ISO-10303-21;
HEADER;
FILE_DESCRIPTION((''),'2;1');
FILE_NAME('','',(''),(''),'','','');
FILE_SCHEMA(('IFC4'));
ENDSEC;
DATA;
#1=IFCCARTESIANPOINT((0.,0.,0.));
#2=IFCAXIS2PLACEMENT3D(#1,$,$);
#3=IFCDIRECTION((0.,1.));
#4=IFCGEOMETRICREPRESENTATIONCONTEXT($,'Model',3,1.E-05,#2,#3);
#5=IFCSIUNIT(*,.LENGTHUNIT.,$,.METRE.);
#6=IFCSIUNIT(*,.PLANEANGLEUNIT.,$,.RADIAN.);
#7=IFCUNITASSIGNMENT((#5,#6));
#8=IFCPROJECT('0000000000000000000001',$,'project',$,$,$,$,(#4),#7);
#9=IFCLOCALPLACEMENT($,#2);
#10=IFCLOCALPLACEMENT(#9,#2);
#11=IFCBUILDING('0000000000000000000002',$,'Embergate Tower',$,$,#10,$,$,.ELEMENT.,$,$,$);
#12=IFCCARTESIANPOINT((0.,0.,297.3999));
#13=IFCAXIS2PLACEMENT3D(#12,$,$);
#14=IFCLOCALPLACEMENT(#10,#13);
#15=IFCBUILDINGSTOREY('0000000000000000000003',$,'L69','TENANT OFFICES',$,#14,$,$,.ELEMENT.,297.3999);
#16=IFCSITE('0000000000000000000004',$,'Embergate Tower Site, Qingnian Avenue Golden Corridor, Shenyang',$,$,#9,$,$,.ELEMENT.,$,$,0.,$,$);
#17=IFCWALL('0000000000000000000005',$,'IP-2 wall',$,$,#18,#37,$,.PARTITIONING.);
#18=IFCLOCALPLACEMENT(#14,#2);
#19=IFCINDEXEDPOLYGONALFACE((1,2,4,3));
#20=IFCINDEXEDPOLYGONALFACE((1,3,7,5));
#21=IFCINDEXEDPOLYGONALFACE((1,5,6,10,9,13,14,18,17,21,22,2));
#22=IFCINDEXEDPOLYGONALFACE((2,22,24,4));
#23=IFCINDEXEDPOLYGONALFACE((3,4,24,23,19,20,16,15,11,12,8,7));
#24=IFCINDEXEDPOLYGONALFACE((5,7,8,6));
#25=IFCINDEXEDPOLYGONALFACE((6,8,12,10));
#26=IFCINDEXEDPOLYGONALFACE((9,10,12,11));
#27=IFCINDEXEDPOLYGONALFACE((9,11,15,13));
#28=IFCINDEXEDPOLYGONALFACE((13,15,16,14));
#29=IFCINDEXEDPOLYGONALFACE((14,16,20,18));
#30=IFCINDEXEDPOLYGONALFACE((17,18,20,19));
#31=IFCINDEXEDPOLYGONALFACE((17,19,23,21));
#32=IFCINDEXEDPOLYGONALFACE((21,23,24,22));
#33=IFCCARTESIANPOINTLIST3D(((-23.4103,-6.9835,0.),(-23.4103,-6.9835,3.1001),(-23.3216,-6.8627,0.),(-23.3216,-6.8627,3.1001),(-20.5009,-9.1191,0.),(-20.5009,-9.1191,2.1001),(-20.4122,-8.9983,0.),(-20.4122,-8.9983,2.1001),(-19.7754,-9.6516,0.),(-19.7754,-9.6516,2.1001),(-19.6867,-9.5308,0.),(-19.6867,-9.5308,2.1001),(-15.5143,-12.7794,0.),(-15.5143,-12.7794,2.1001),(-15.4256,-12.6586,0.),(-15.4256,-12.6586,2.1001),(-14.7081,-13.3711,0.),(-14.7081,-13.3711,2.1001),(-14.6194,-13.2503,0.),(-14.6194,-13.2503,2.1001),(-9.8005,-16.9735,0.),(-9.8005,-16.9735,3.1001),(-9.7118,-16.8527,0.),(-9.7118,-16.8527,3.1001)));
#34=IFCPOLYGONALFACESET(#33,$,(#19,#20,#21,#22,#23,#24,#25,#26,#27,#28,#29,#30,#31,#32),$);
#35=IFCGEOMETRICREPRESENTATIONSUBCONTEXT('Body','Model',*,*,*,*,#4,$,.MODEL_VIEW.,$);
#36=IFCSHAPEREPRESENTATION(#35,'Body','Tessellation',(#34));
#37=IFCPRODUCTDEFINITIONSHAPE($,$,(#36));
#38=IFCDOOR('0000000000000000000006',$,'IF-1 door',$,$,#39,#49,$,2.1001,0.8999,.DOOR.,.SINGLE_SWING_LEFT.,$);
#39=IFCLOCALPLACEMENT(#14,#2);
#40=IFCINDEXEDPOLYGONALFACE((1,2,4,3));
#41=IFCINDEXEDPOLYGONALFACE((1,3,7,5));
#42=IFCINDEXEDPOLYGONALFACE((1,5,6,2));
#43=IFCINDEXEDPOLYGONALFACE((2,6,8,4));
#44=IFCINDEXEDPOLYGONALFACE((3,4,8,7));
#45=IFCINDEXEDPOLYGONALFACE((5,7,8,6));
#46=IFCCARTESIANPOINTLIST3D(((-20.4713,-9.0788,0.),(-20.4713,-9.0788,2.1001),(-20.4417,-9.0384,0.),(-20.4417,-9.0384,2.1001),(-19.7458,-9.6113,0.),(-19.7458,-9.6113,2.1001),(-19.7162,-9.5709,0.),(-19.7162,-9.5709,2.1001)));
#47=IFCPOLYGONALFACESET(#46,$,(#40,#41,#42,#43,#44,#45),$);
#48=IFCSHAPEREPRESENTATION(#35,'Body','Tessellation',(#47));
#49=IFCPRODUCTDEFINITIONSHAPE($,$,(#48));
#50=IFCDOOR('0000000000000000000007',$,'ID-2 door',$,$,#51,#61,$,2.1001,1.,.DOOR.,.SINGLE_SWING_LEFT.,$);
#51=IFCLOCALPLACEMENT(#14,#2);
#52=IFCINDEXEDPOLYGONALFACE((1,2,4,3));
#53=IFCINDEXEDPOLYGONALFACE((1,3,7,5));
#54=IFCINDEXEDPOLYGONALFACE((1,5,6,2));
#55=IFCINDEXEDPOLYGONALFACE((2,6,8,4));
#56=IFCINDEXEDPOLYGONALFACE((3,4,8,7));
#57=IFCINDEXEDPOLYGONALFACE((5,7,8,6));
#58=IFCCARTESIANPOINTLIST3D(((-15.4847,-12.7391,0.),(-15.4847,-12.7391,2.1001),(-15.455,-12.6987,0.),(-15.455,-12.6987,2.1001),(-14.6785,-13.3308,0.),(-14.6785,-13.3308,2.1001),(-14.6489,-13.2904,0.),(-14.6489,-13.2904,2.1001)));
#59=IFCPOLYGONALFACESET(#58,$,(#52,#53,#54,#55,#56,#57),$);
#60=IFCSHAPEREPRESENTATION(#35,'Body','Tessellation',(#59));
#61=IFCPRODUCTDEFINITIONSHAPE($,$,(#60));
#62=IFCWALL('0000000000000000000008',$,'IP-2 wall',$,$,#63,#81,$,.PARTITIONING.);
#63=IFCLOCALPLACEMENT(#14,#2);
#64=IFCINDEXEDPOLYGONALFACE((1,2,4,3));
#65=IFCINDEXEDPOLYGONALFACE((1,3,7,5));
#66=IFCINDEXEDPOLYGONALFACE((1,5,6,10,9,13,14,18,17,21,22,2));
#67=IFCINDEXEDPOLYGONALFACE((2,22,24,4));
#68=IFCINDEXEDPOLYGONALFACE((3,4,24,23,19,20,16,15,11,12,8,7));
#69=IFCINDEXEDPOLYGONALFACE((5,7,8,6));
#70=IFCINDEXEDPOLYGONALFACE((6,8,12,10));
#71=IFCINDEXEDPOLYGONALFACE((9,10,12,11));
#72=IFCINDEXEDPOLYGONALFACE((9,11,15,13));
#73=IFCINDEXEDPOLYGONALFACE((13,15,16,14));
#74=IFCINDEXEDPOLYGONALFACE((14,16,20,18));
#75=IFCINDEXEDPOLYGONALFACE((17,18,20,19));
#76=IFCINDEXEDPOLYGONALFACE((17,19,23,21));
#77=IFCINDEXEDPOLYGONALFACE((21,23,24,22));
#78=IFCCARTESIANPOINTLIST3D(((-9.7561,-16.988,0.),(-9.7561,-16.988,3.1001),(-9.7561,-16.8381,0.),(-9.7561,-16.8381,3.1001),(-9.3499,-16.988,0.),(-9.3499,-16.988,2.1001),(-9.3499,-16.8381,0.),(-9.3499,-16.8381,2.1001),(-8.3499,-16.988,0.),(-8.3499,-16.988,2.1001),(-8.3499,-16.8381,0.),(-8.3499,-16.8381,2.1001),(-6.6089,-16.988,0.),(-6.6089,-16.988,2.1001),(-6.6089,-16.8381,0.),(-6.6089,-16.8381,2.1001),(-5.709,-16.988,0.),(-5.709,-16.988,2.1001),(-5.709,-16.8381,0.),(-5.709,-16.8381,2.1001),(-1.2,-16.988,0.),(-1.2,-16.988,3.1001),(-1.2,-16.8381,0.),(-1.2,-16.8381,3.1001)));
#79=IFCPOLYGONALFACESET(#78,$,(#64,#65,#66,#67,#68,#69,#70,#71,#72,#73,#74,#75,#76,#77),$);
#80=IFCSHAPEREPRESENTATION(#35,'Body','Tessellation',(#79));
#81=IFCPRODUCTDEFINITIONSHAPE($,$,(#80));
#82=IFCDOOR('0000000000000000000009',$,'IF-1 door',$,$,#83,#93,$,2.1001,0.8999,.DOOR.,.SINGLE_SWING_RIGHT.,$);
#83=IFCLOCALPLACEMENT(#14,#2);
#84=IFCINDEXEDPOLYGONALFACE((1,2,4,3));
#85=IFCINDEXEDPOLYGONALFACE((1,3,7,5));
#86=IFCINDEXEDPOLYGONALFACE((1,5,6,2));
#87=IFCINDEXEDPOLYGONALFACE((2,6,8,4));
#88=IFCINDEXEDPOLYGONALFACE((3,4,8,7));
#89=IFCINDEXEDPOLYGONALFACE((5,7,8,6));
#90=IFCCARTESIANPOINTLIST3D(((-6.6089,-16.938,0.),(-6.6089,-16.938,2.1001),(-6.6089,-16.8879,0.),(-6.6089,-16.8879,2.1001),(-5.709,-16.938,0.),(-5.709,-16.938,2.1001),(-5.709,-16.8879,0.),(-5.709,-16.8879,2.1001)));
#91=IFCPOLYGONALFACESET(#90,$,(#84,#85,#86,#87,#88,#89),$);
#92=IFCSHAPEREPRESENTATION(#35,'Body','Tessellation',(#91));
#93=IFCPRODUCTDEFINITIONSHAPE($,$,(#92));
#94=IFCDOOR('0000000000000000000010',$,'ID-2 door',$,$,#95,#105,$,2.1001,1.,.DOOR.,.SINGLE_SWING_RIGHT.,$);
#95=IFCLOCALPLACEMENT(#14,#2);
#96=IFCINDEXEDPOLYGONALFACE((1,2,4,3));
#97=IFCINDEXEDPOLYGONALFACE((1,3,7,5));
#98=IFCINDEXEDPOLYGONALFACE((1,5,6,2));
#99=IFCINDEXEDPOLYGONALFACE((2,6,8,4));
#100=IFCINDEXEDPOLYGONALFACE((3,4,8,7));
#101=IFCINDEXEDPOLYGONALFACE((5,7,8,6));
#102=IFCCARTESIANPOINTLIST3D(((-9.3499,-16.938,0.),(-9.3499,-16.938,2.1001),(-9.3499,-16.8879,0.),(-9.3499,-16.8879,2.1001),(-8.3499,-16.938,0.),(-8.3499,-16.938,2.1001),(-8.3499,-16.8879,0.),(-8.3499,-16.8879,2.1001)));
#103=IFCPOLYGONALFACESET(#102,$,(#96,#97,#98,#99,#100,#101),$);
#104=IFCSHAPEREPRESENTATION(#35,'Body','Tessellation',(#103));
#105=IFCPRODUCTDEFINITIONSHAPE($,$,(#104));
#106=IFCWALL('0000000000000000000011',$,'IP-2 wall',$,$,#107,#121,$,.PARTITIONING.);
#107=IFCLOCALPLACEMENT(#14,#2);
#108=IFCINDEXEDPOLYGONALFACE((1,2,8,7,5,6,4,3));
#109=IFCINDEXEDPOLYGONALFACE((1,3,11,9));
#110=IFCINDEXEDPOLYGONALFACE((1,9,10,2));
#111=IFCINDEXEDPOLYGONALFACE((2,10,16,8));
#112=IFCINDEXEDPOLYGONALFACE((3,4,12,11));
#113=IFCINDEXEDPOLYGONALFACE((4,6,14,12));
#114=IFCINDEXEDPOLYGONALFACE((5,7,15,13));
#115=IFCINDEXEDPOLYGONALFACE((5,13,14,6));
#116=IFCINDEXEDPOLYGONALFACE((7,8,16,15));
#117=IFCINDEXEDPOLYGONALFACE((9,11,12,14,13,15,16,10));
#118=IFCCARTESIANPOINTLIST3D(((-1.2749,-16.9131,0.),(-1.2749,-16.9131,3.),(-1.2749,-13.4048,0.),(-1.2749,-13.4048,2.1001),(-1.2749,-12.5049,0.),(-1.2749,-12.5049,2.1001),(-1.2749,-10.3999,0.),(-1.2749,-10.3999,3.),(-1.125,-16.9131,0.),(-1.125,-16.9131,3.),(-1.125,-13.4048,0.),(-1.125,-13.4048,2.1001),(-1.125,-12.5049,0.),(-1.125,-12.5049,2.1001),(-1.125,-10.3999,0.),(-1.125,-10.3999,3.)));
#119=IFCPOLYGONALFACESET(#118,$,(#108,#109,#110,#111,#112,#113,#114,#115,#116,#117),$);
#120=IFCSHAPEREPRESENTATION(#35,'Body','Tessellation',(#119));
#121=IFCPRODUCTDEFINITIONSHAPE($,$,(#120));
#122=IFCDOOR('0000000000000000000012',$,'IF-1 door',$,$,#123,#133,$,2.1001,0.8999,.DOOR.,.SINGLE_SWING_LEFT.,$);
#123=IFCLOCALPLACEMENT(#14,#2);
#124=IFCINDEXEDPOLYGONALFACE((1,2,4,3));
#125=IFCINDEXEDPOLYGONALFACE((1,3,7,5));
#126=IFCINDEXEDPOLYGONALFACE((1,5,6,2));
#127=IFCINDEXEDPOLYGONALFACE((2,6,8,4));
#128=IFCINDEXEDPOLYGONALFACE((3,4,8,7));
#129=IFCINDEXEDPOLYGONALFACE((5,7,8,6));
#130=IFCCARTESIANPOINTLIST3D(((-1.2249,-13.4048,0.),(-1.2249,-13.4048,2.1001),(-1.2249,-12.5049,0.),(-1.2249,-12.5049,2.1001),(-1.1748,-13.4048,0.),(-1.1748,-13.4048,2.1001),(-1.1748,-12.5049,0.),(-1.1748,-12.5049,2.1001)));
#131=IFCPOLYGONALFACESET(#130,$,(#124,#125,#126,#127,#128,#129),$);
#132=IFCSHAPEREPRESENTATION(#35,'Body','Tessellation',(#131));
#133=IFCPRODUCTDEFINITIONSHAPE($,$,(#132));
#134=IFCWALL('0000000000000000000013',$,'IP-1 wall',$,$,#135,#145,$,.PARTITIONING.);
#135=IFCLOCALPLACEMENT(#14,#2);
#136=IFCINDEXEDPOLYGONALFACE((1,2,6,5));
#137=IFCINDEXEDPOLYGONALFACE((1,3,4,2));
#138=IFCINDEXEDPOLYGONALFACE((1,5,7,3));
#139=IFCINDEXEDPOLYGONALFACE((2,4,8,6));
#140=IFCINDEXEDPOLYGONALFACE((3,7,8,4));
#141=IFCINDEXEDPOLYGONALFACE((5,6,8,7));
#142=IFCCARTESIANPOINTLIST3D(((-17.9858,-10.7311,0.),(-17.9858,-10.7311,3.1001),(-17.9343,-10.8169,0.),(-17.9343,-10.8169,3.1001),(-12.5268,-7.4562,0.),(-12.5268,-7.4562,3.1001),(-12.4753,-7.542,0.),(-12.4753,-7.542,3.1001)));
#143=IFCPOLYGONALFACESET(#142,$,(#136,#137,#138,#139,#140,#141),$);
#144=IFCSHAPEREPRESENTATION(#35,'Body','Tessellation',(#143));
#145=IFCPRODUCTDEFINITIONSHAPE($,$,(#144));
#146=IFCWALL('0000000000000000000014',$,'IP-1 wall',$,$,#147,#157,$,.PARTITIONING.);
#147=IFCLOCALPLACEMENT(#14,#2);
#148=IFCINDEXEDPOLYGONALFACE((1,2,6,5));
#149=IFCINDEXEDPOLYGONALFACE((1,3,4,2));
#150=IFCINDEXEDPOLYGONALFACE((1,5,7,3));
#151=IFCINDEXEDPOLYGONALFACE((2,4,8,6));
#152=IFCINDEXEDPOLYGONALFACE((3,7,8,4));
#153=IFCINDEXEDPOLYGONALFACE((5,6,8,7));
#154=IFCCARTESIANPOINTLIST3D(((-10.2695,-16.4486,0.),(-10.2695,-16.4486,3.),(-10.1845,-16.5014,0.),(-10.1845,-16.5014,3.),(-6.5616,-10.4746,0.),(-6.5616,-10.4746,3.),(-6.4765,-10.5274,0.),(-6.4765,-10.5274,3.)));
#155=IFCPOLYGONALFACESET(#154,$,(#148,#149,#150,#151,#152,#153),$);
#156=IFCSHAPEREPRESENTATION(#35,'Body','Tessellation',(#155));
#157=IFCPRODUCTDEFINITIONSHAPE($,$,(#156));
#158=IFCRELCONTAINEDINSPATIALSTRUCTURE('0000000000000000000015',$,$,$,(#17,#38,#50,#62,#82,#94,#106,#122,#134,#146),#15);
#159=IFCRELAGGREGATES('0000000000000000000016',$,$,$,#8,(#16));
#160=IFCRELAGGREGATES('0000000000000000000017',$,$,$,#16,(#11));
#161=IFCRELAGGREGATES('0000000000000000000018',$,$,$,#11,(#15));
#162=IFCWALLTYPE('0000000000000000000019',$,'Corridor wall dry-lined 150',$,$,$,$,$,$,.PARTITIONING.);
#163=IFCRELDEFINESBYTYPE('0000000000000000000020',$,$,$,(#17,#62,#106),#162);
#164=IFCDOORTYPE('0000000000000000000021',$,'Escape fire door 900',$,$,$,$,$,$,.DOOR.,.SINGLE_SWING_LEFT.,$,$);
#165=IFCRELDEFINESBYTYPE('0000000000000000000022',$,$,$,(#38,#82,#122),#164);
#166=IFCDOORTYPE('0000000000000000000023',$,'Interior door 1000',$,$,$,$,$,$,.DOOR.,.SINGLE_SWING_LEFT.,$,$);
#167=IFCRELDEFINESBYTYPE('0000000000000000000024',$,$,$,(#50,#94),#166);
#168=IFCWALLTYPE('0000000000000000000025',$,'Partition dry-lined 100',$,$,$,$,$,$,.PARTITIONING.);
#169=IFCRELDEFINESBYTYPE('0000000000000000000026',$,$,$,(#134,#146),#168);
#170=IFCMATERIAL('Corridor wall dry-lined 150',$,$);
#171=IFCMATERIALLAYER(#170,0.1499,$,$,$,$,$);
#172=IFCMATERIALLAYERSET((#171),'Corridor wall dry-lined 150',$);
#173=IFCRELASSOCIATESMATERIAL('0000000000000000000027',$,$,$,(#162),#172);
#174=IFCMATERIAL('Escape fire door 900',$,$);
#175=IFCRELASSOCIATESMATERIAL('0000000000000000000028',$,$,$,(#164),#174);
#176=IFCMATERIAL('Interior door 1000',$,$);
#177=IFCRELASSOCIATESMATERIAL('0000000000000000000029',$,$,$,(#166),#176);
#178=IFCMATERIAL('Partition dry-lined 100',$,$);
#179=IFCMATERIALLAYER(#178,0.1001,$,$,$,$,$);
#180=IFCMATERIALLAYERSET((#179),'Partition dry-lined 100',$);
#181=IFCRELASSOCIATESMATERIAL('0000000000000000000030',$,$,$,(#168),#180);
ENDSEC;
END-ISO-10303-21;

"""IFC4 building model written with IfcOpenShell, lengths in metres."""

from ifc_helpers import new_model, si_unit, direction, frame, frame_2d, origin, place, context, subcontext, project, spatial, rectangle, extrude, source, transform, mapped, material, layer, layer_set, type_object, element, fill, save


model = new_model("IFC4")

# Units and contexts
model_context = context("Model", 3, precision=1e-05, world=origin(), true_north=direction((0.0, 1.0)))
body_context = subcontext(model_context, "Body", "Model", "MODEL_VIEW")
ifc_project = project(units=[si_unit("LENGTHUNIT", "METRE"), si_unit("PLANEANGLEUNIT", "RADIAN")], contexts=[model_context])

# Site, building, storey
site_placement = place(None, origin())
site = spatial("IfcSite", under=ifc_project, at=site_placement, Name="Embergate Tower Site, Qingnian Avenue Golden Corridor, Shenyang", CompositionType="ELEMENT", RefElevation=0.0)
building_placement = place(site_placement, origin())
building = spatial("IfcBuilding", under=site, at=building_placement, Name="Embergate Tower", CompositionType="ELEMENT")
storey_placement = place(building_placement, frame((0.0, 0.0, 297.3999)))
storey = spatial("IfcBuildingStorey", under=building, at=storey_placement, Name="L69", Description="TENANT OFFICES", CompositionType="ELEMENT", Elevation=297.3999)

# Shared definitions
ifc_material_1 = material(Name="Corridor wall dry-lined 150")
ifc_layer_1 = layer(ifc_material_1, 0.1499)
ifc_layer_set_1 = layer_set([ifc_layer_1], Name="Corridor wall dry-lined 150")
wall_type_1 = type_object("IfcWallType", Name="Corridor wall dry-lined 150", PredefinedType="PARTITIONING", material=ifc_layer_set_1)

# Walls, openings, doors
shared_shape_1 = source(origin(), body_context, "Body", "SweptSolid", [
    extrude(rectangle(XDim=16.8828, YDim=0.1499, at=frame_2d((8.4414, 0.0))), origin(), (0.0, 0.0, 1.0), 3.1001),
])
wall_1_placement = place(storey_placement, frame((-9.7561, -16.9131, 0.0), z_axis=(0.0, 0.0, 1.0), x_axis=(-0.806139, 0.591727, 0.0)))
wall_1 = element("IfcWall", 1, at=wall_1_placement, inside=storey, type_object=wall_type_1, Name="IP-2 wall", PredefinedType="PARTITIONING", context=body_context, shape_type="MappedRepresentation", body=[
    mapped(shared_shape_1, transform((0.0, 0.0, 0.0))),
])
shared_shape_2 = source(origin(), body_context, "Body", "SweptSolid", [
    extrude(rectangle(XDim=0.8999, YDim=2.1001, at=frame_2d((0.45, 1.05))), frame((0.0, 0.085, 0.0), z_axis=(0.0, -1.0, 0.0), x_axis=(1.0, 0.0, 0.0)), (0.0, 0.0, 1.0), 0.1699),
])
opening_1_placement = place(wall_1_placement, frame((12.3738, 0.0, 0.0)))
opening_1 = element("IfcOpeningElement", 2, at=opening_1_placement, cuts=wall_1, PredefinedType="OPENING", context=body_context, shape_type="MappedRepresentation", body=[
    mapped(shared_shape_2, transform((0.0, 0.0, 0.0))),
])
shared_shape_3 = source(origin(), body_context, "Body", "SweptSolid", [
    extrude(rectangle(XDim=1.0, YDim=2.1001, at=frame_2d((0.5, 1.05))), frame((0.0, 0.085, 0.0), z_axis=(0.0, -1.0, 0.0), x_axis=(1.0, 0.0, 0.0)), (0.0, 0.0, 1.0), 0.1699),
])
opening_2_placement = place(wall_1_placement, frame((6.0879, 0.0, 0.0)))
opening_2 = element("IfcOpeningElement", 3, at=opening_2_placement, cuts=wall_1, PredefinedType="OPENING", context=body_context, shape_type="MappedRepresentation", body=[
    mapped(shared_shape_3, transform((0.0, 0.0, 0.0))),
])
ifc_material_2 = material(Name="Escape fire door 900")
door_type_1 = type_object("IfcDoorType", Name="Escape fire door 900", OperationType="SINGLE_SWING_LEFT", PredefinedType="DOOR", material=ifc_material_2)
shared_shape_4 = source(origin(), body_context, "Body", "SweptSolid", [
    extrude(rectangle(XDim=0.8999, YDim=2.1001, at=frame_2d((0.45, 1.05))), frame((0.0, 0.0249, 0.0), z_axis=(0.0, -1.0, 0.0), x_axis=(1.0, 0.0, 0.0)), (0.0, 0.0, 1.0), 0.05),
])
door_1_placement = place(opening_1_placement, origin())
door_1 = element("IfcDoor", 4, at=door_1_placement, inside=storey, type_object=door_type_1, Name="IF-1 door", OperationType="SINGLE_SWING_LEFT", OverallHeight=2.1001, OverallWidth=0.8999, PredefinedType="DOOR", context=body_context, shape_type="MappedRepresentation", body=[
    mapped(shared_shape_4, transform((0.0, 0.0, 0.0))),
])
fill(opening_1, door_1)
ifc_material_3 = material(Name="Interior door 1000")
door_type_2 = type_object("IfcDoorType", Name="Interior door 1000", OperationType="SINGLE_SWING_LEFT", PredefinedType="DOOR", material=ifc_material_3)
shared_shape_5 = source(origin(), body_context, "Body", "SweptSolid", [
    extrude(rectangle(XDim=1.0, YDim=2.1001, at=frame_2d((0.5, 1.05))), frame((0.0, 0.0249, 0.0), z_axis=(0.0, -1.0, 0.0), x_axis=(1.0, 0.0, 0.0)), (0.0, 0.0, 1.0), 0.05),
])
door_2_placement = place(opening_2_placement, origin())
door_2 = element("IfcDoor", 5, at=door_2_placement, inside=storey, type_object=door_type_2, Name="ID-2 door", OperationType="SINGLE_SWING_LEFT", OverallHeight=2.1001, OverallWidth=1.0, PredefinedType="DOOR", context=body_context, shape_type="MappedRepresentation", body=[
    mapped(shared_shape_5, transform((0.0, 0.0, 0.0))),
])
fill(opening_2, door_2)
shared_shape_6 = source(origin(), body_context, "Body", "SweptSolid", [
    extrude(rectangle(XDim=8.5562, YDim=0.1499, at=frame_2d((4.2781, 0.0))), origin(), (0.0, 0.0, 1.0), 3.1001),
])
wall_2_placement = place(storey_placement, frame((-1.2, -16.9131, 0.0), z_axis=(0.0, 0.0, 1.0), x_axis=(-1.0, 0.0, 0.0)))
wall_2 = element("IfcWall", 6, at=wall_2_placement, inside=storey, type_object=wall_type_1, Name="IP-2 wall", PredefinedType="PARTITIONING", context=body_context, shape_type="MappedRepresentation", body=[
    mapped(shared_shape_6, transform((0.0, 0.0, 0.0))),
])
opening_3_placement = place(wall_2_placement, frame((7.1499, 0.0, 0.0)))
opening_3 = element("IfcOpeningElement", 7, at=opening_3_placement, cuts=wall_2, PredefinedType="OPENING", context=body_context, shape_type="MappedRepresentation", body=[
    mapped(shared_shape_3, transform((0.0, 0.0, 0.0))),
])
opening_4_placement = place(wall_2_placement, frame((4.509, 0.0, 0.0)))
opening_4 = element("IfcOpeningElement", 8, at=opening_4_placement, cuts=wall_2, PredefinedType="OPENING", context=body_context, shape_type="MappedRepresentation", body=[
    mapped(shared_shape_2, transform((0.0, 0.0, 0.0))),
])
door_3_placement = place(opening_4_placement, origin())
door_3 = element("IfcDoor", 9, at=door_3_placement, inside=storey, type_object=door_type_1, Name="IF-1 door", OperationType="SINGLE_SWING_RIGHT", OverallHeight=2.1001, OverallWidth=0.8999, PredefinedType="DOOR", context=body_context, shape_type="MappedRepresentation", body=[
    mapped(shared_shape_4, transform((0.0, 0.0, 0.0))),
])
fill(opening_4, door_3)
door_4_placement = place(opening_3_placement, origin())
door_4 = element("IfcDoor", 10, at=door_4_placement, inside=storey, type_object=door_type_2, Name="ID-2 door", OperationType="SINGLE_SWING_RIGHT", OverallHeight=2.1001, OverallWidth=1.0, PredefinedType="DOOR", context=body_context, shape_type="MappedRepresentation", body=[
    mapped(shared_shape_5, transform((0.0, 0.0, 0.0))),
])
fill(opening_3, door_4)

# Wall, opening, door
shared_shape_7 = source(origin(), body_context, "Body", "SweptSolid", [
    extrude(rectangle(XDim=6.5132, YDim=0.1499, at=frame_2d((3.2566, 0.0))), origin(), (0.0, 0.0, 1.0), 3.0),
])
wall_3_placement = place(storey_placement, frame((-1.2, -16.9131, 0.0), z_axis=(0.0, 0.0, 1.0), x_axis=(0.0, 1.0, 0.0)))
wall_3 = element("IfcWall", 11, at=wall_3_placement, inside=storey, type_object=wall_type_1, Name="IP-2 wall", PredefinedType="PARTITIONING", context=body_context, shape_type="MappedRepresentation", body=[
    mapped(shared_shape_7, transform((0.0, 0.0, 0.0))),
])
opening_5_placement = place(wall_3_placement, frame((3.5083, 0.0, 0.0)))
opening_5 = element("IfcOpeningElement", 12, at=opening_5_placement, cuts=wall_3, PredefinedType="OPENING", context=body_context, shape_type="MappedRepresentation", body=[
    mapped(shared_shape_2, transform((0.0, 0.0, 0.0))),
])
door_5_placement = place(opening_5_placement, origin())
door_5 = element("IfcDoor", 13, at=door_5_placement, inside=storey, type_object=door_type_1, Name="IF-1 door", OperationType="SINGLE_SWING_LEFT", OverallHeight=2.1001, OverallWidth=0.8999, PredefinedType="DOOR", context=body_context, shape_type="MappedRepresentation", body=[
    mapped(shared_shape_4, transform((0.0, 0.0, 0.0))),
])
fill(opening_5, door_5)

# Walls
ifc_material_4 = material(Name="Partition dry-lined 100")
ifc_layer_2 = layer(ifc_material_4, 0.1001)
ifc_layer_set_2 = layer_set([ifc_layer_2], Name="Partition dry-lined 100")
wall_type_2 = type_object("IfcWallType", Name="Partition dry-lined 100", PredefinedType="PARTITIONING", material=ifc_layer_set_2)
shared_shape_8 = source(origin(), body_context, "Body", "SweptSolid", [
    extrude(rectangle(XDim=6.366, YDim=0.1001, at=frame_2d((3.1831, 0.0))), origin(), (0.0, 0.0, 1.0), 3.1001),
])
wall_4_placement = place(storey_placement, frame((-12.501, -7.499, 0.0), z_axis=(0.0, 0.0, 1.0), x_axis=(-0.857527, -0.514439, 0.0)))
element("IfcWall", 14, at=wall_4_placement, inside=storey, type_object=wall_type_2, Name="IP-1 wall", PredefinedType="PARTITIONING", context=body_context, shape_type="MappedRepresentation", body=[
    mapped(shared_shape_8, transform((0.0, 0.0, 0.0))),
])
shared_shape_9 = source(origin(), body_context, "Body", "SweptSolid", [
    extrude(rectangle(XDim=7.0312, YDim=0.1001, at=frame_2d((3.5156, 0.0))), origin(), (0.0, 0.0, 1.0), 3.0),
])
wall_5_placement = place(storey_placement, frame((-6.519, -10.501, 0.0), z_axis=(0.0, 0.0, 1.0), x_axis=(-0.527356, -0.849644, 0.0)))
element("IfcWall", 15, at=wall_5_placement, inside=storey, type_object=wall_type_2, Name="IP-1 wall", PredefinedType="PARTITIONING", context=body_context, shape_type="MappedRepresentation", body=[
    mapped(shared_shape_9, transform((0.0, 0.0, 0.0))),
])

save(model, "model.ifc")
